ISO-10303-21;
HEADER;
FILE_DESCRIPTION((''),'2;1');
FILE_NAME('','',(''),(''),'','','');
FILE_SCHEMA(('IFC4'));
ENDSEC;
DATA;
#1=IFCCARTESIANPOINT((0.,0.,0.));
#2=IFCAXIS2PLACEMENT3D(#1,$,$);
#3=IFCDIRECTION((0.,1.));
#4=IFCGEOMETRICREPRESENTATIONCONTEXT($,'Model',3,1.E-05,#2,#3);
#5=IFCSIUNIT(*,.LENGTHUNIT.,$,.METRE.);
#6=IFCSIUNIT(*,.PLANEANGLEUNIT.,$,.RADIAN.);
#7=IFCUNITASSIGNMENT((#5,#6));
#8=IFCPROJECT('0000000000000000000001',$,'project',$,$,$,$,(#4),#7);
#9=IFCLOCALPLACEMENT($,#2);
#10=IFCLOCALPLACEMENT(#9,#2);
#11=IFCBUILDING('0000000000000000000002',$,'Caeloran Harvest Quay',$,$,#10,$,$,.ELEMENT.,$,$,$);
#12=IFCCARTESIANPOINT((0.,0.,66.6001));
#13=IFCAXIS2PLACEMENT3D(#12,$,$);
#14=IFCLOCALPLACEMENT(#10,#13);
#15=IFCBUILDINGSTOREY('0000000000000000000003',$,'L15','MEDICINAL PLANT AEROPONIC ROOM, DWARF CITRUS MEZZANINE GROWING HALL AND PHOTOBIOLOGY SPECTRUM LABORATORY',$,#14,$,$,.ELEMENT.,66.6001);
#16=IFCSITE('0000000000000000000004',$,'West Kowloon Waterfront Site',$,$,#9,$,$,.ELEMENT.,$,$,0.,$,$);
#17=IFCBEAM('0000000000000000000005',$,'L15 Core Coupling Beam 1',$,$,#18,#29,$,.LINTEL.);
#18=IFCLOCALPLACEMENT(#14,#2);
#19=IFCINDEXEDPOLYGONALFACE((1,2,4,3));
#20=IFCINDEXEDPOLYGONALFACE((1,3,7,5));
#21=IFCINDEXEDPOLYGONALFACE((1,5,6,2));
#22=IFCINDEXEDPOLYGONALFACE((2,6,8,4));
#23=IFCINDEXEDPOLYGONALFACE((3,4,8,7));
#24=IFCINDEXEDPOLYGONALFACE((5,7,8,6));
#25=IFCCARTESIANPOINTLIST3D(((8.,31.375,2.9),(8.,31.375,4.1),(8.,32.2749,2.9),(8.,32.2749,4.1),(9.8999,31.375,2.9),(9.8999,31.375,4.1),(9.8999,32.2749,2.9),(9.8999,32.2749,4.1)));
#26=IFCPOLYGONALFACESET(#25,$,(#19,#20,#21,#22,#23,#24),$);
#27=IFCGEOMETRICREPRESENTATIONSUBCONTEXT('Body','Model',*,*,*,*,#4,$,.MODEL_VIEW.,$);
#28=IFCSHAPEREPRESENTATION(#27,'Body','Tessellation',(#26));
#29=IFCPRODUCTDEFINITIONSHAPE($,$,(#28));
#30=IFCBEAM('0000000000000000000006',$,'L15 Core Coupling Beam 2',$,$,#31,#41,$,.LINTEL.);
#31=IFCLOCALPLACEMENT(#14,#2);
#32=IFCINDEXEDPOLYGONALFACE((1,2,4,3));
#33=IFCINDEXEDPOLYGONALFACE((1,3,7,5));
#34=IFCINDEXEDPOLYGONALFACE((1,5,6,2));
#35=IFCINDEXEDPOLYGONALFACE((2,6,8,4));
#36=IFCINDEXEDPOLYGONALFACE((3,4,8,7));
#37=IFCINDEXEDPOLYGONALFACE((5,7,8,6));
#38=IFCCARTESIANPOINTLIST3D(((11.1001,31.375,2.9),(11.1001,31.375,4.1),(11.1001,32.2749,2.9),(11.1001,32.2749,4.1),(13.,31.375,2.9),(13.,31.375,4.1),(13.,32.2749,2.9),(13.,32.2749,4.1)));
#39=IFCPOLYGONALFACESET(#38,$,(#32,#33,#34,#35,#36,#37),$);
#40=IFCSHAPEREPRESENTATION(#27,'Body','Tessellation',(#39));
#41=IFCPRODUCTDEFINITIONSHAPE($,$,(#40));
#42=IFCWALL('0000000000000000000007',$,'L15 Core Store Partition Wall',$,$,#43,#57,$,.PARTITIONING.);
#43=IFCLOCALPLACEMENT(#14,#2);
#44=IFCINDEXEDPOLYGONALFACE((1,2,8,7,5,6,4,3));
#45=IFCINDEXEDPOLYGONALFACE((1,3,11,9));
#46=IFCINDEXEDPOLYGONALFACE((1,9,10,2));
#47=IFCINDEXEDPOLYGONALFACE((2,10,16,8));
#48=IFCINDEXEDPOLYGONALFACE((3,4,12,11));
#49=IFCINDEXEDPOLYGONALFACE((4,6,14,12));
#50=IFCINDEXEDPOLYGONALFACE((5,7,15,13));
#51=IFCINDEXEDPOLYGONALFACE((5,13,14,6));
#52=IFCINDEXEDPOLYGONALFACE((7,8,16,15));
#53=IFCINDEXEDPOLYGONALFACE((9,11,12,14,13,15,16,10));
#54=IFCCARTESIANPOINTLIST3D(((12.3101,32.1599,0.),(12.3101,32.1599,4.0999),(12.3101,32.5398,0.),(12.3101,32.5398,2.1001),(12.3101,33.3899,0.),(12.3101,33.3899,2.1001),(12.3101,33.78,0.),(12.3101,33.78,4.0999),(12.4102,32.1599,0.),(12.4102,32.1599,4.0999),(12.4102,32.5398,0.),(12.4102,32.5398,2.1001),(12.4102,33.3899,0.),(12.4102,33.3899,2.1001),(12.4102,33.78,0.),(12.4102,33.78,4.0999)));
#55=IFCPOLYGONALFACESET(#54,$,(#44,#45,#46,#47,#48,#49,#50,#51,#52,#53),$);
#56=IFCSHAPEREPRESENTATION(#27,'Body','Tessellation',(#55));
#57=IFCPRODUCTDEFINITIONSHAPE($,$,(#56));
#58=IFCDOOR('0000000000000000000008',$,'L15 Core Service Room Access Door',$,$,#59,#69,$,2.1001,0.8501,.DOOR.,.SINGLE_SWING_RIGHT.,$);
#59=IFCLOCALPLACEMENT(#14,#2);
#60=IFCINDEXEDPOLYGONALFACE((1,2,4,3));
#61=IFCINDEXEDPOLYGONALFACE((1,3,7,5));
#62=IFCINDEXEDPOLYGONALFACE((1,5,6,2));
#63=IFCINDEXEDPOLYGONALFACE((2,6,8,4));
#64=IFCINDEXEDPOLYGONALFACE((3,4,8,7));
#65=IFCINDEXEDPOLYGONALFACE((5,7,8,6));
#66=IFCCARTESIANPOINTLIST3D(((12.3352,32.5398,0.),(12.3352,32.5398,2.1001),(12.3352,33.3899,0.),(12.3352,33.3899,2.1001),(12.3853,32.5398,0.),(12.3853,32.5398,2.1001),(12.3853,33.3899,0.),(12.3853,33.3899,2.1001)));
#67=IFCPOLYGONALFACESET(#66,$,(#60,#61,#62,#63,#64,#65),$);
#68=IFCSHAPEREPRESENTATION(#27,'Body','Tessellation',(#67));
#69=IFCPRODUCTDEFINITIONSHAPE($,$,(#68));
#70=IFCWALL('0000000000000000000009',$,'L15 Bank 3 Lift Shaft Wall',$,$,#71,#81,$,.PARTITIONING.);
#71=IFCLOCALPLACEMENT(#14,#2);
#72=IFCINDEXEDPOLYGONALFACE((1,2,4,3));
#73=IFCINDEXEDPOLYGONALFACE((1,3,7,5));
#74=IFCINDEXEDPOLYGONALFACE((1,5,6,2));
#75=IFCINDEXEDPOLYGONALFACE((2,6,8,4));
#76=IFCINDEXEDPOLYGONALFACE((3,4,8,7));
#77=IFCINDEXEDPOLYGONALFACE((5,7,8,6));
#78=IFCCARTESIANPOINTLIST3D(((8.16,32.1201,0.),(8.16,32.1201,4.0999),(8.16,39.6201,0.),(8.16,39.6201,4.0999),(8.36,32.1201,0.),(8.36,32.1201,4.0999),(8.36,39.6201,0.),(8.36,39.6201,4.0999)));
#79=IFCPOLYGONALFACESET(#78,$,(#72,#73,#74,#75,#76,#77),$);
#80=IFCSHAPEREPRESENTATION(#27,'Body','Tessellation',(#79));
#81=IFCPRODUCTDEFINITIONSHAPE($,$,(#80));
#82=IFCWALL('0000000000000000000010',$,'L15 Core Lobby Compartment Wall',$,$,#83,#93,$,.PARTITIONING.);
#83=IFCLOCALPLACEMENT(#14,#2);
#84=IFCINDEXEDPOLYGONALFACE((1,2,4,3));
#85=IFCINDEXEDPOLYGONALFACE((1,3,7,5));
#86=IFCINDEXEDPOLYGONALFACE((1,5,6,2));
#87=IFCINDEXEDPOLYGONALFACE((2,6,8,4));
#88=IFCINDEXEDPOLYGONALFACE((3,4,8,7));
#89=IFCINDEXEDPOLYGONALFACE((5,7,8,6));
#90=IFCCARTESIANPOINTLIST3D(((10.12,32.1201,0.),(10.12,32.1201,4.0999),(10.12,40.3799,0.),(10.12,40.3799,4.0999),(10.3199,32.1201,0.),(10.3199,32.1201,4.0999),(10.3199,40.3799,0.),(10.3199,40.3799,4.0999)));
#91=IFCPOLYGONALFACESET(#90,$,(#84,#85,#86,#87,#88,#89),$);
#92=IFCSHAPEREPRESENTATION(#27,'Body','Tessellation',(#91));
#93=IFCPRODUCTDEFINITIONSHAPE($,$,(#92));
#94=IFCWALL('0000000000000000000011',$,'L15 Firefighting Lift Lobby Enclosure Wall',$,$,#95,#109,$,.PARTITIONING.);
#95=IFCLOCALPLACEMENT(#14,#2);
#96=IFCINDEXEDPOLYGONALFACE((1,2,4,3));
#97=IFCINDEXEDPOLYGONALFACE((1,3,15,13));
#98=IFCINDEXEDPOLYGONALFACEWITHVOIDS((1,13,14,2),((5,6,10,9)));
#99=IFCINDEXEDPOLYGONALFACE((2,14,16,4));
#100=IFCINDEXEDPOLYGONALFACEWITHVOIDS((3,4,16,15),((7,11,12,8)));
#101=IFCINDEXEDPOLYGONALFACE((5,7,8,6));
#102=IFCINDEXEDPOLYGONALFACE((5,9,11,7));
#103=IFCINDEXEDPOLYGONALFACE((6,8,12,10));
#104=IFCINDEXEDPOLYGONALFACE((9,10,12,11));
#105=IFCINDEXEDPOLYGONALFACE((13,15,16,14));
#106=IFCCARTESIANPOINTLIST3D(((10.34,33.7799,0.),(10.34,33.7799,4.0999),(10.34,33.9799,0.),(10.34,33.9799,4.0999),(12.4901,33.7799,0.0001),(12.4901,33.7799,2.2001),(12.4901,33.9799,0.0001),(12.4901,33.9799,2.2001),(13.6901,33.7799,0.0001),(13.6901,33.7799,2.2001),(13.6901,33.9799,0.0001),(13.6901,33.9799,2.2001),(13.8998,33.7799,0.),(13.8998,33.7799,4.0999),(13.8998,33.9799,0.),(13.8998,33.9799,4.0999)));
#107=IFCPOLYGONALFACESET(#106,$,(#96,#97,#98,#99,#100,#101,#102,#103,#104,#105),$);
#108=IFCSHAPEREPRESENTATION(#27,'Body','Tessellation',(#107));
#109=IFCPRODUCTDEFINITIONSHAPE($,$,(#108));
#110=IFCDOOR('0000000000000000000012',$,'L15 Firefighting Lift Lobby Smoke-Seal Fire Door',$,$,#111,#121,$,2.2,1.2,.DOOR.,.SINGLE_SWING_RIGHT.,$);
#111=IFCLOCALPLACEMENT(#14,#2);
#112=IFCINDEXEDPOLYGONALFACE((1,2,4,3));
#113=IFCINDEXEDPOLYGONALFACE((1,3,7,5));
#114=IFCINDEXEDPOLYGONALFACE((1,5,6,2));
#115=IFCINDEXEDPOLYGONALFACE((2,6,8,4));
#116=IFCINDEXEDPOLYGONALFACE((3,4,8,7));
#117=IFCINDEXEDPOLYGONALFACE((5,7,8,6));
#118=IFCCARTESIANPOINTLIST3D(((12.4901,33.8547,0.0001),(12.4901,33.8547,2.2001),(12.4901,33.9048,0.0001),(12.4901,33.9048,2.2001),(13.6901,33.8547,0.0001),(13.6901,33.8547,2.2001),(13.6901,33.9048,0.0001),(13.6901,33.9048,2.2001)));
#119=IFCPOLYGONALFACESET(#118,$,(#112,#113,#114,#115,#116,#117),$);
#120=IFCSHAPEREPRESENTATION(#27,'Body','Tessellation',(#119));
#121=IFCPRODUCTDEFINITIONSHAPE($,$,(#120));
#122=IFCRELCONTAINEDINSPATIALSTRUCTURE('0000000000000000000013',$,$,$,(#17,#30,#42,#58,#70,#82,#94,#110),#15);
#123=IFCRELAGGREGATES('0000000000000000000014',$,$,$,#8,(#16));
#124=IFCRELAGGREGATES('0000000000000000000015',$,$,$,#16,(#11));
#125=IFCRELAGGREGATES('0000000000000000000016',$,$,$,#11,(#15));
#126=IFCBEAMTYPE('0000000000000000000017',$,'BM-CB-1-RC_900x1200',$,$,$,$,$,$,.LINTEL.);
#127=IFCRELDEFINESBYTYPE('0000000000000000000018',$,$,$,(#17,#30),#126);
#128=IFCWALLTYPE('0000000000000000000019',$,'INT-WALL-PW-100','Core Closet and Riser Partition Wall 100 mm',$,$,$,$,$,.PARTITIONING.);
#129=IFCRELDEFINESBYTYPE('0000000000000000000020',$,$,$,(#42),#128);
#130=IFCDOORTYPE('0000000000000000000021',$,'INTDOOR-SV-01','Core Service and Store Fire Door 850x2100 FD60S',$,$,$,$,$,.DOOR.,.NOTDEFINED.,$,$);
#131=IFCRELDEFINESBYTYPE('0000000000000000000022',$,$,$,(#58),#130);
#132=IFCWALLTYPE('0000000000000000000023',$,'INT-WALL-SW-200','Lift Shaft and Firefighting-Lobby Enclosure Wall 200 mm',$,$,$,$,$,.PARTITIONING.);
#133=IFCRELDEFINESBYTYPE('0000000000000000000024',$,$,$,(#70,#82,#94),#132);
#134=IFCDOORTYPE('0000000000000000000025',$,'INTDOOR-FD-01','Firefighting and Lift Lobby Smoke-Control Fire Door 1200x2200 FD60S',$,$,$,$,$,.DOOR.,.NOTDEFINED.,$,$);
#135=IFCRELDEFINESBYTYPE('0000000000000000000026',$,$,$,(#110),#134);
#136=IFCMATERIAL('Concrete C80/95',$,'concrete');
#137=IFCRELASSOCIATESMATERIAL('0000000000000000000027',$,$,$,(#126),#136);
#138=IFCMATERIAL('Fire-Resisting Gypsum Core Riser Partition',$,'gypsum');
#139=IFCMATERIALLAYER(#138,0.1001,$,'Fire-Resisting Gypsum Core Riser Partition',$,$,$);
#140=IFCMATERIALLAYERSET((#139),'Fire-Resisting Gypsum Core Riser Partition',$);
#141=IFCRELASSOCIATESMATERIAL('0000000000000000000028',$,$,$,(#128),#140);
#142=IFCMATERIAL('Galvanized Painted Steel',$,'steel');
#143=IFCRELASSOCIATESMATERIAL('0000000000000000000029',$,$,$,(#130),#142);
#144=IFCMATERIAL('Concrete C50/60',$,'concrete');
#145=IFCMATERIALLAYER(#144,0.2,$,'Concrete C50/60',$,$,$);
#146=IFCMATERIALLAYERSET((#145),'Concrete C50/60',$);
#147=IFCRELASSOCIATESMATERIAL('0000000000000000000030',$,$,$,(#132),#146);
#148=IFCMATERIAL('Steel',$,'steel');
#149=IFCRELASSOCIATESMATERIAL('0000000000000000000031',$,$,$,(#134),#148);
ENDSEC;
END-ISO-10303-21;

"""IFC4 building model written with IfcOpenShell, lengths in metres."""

from ifc_helpers import new_model, si_unit, direction, frame, frame_2d, origin, origin_2d, place, context, subcontext, project, spatial, rectangle, extrude, material, layer, layer_set, material_profile, profile_set, type_object, element, fill, save


model = new_model("IFC4")

# Units and contexts
model_context = context("Model", 3, precision=1e-05, world=origin(), true_north=direction((0.0, 1.0)))
body_context = subcontext(model_context, "Body", "Model", "MODEL_VIEW")
ifc_project = project(units=[si_unit("LENGTHUNIT", "METRE"), si_unit("PLANEANGLEUNIT", "RADIAN")], contexts=[model_context])

# Site, building, storey
site_placement = place(None, origin())
site = spatial("IfcSite", under=ifc_project, at=site_placement, Name="West Kowloon Waterfront Site", CompositionType="ELEMENT", RefElevation=0.0)
building_placement = place(site_placement, origin())
building = spatial("IfcBuilding", under=site, at=building_placement, Name="Caeloran Harvest Quay", CompositionType="ELEMENT")
storey_placement = place(building_placement, frame((0.0, 0.0, 66.6001)))
storey = spatial("IfcBuildingStorey", under=building, at=storey_placement, Name="L15", Description="MEDICINAL PLANT AEROPONIC ROOM, DWARF CITRUS MEZZANINE GROWING HALL AND PHOTOBIOLOGY SPECTRUM LABORATORY", CompositionType="ELEMENT", Elevation=66.6001)

# Beams
ifc_material_1 = material(Name="Concrete C80/95", Category="concrete")
ifc_material_profile = material_profile(ifc_material_1, rectangle(XDim=0.8999, YDim=1.2, at=origin_2d()), Name="RC 900x1200")
ifc_profile_set = profile_set([ifc_material_profile], Name="Concrete C80/95")
beam_type = type_object("IfcBeamType", Name="BM-CB-1-RC_900x1200", PredefinedType="LINTEL", material=ifc_profile_set)
for number, where, z_axis, x_axis, name in (
    (1, (8.0, 31.825, 3.5), (1.0, 0.0, 0.0), (0.0, 1.0, 0.0), "L15 Core Coupling Beam 1"),
    (2, (11.1001, 31.825, 3.5), (1.0, 0.0, 0.0), (0.0, 1.0, 0.0), "L15 Core Coupling Beam 2"),
):
    element("IfcBeam", number, at=place(storey_placement, frame(where, z_axis=z_axis, x_axis=x_axis)), inside=storey, type_object=beam_type, Name=name, PredefinedType="LINTEL", context=body_context, shape_type="SweptSolid", body=[
        extrude(rectangle(XDim=0.8999, YDim=1.2, at=origin_2d()), origin(), (0.0, 0.0, 1.0), 1.8999),
    ])

# Wall, opening, door
ifc_material_2 = material(Name="Fire-Resisting Gypsum Core Riser Partition", Category="gypsum")
ifc_layer_1 = layer(ifc_material_2, 0.1001, Name="Fire-Resisting Gypsum Core Riser Partition")
ifc_layer_set_1 = layer_set([ifc_layer_1], Name="Fire-Resisting Gypsum Core Riser Partition")
wall_type_1 = type_object("IfcWallType", Name="INT-WALL-PW-100", Description="Core Closet and Riser Partition Wall 100 mm", PredefinedType="PARTITIONING", material=ifc_layer_set_1)
wall_1_placement = place(storey_placement, frame((12.3601, 32.1599, 0.0), z_axis=(0.0, 0.0, 1.0), x_axis=(0.0, 1.0, 0.0)))
wall_1 = element("IfcWall", 3, at=wall_1_placement, inside=storey, type_object=wall_type_1, Name="L15 Core Store Partition Wall", PredefinedType="PARTITIONING", context=body_context, shape_type="SweptSolid", body=[
    extrude(rectangle(XDim=1.6201, YDim=0.1001, at=frame_2d((0.8101, 0.0))), origin(), (0.0, 0.0, 1.0), 4.0999),
])
opening_1_placement = place(wall_1_placement, frame((0.3799, 0.0, 0.0)))
opening_1 = element("IfcOpeningElement", 4, at=opening_1_placement, cuts=wall_1, PredefinedType="OPENING", context=body_context, shape_type="SweptSolid", body=[
    extrude(rectangle(XDim=0.8501, YDim=2.1001, at=frame_2d((0.425, 1.05))), frame((0.0, 0.0601, 0.0), z_axis=(0.0, -1.0, 0.0), x_axis=(1.0, 0.0, 0.0)), (0.0, 0.0, 1.0), 0.1201),
])
ifc_material_3 = material(Name="Galvanized Painted Steel", Category="steel")
door_type_1 = type_object("IfcDoorType", Name="INTDOOR-SV-01", Description="Core Service and Store Fire Door 850x2100 FD60S", OperationType="NOTDEFINED", PredefinedType="DOOR", material=ifc_material_3)
door_1_placement = place(opening_1_placement, origin())
door_1 = element("IfcDoor", 5, at=door_1_placement, inside=storey, type_object=door_type_1, Name="L15 Core Service Room Access Door", OperationType="SINGLE_SWING_RIGHT", OverallHeight=2.1001, OverallWidth=0.8501, PredefinedType="DOOR", context=body_context, shape_type="SweptSolid", body=[
    extrude(rectangle(XDim=0.8501, YDim=2.1001, at=frame_2d((0.425, 1.05))), frame((0.0, 0.0249, 0.0), z_axis=(0.0, -1.0, 0.0), x_axis=(1.0, 0.0, 0.0)), (0.0, 0.0, 1.0), 0.05),
])
fill(opening_1, door_1)

# Walls
ifc_material_4 = material(Name="Concrete C50/60", Category="concrete")
ifc_layer_2 = layer(ifc_material_4, 0.2, Name="Concrete C50/60")
ifc_layer_set_2 = layer_set([ifc_layer_2], Name="Concrete C50/60")
wall_type_2 = type_object("IfcWallType", Name="INT-WALL-SW-200", Description="Lift Shaft and Firefighting-Lobby Enclosure Wall 200 mm", PredefinedType="PARTITIONING", material=ifc_layer_set_2)
wall_2_placement = place(storey_placement, frame((8.26, 32.1201, 0.0), z_axis=(0.0, 0.0, 1.0), x_axis=(0.0, 1.0, 0.0)))
element("IfcWall", 6, at=wall_2_placement, inside=storey, type_object=wall_type_2, Name="L15 Bank 3 Lift Shaft Wall", PredefinedType="PARTITIONING", context=body_context, shape_type="SweptSolid", body=[
    extrude(rectangle(XDim=7.5, YDim=0.2, at=frame_2d((3.75, 0.0))), origin(), (0.0, 0.0, 1.0), 4.0999),
])
wall_3_placement = place(storey_placement, frame((10.22, 32.1201, 0.0), z_axis=(0.0, 0.0, 1.0), x_axis=(0.0, 1.0, 0.0)))
element("IfcWall", 7, at=wall_3_placement, inside=storey, type_object=wall_type_2, Name="L15 Core Lobby Compartment Wall", PredefinedType="PARTITIONING", context=body_context, shape_type="SweptSolid", body=[
    extrude(rectangle(XDim=8.2598, YDim=0.2, at=frame_2d((4.1299, 0.0))), origin(), (0.0, 0.0, 1.0), 4.0999),
])

# Wall, opening, door
wall_4_placement = place(storey_placement, frame((10.3401, 33.8799, 0.0), z_axis=(0.0, 0.0, 1.0), x_axis=(1.0, 0.0, 0.0)))
wall_4 = element("IfcWall", 8, at=wall_4_placement, inside=storey, type_object=wall_type_2, Name="L15 Firefighting Lift Lobby Enclosure Wall", PredefinedType="PARTITIONING", context=body_context, shape_type="SweptSolid", body=[
    extrude(rectangle(XDim=3.5598, YDim=0.2, at=frame_2d((1.7798, 0.0))), origin(), (0.0, 0.0, 1.0), 4.0999),
])
opening_2_placement = place(wall_4_placement, frame((2.1499, 0.0, 0.0)))
opening_2 = element("IfcOpeningElement", 9, at=opening_2_placement, cuts=wall_4, PredefinedType="OPENING", context=body_context, shape_type="SweptSolid", body=[
    extrude(rectangle(XDim=1.2, YDim=2.2, at=frame_2d((0.6001, 1.1001))), frame((0.0, 0.1099, 0.0), z_axis=(0.0, -1.0, 0.0), x_axis=(1.0, 0.0, 0.0)), (0.0, 0.0, 1.0), 0.22),
])
ifc_material_5 = material(Name="Steel", Category="steel")
door_type_2 = type_object("IfcDoorType", Name="INTDOOR-FD-01", Description="Firefighting and Lift Lobby Smoke-Control Fire Door 1200x2200 FD60S", OperationType="NOTDEFINED", PredefinedType="DOOR", material=ifc_material_5)
door_2_placement = place(opening_2_placement, origin())
door_2 = element("IfcDoor", 10, at=door_2_placement, inside=storey, type_object=door_type_2, Name="L15 Firefighting Lift Lobby Smoke-Seal Fire Door", OperationType="SINGLE_SWING_RIGHT", OverallHeight=2.2, OverallWidth=1.2, PredefinedType="DOOR", context=body_context, shape_type="SweptSolid", body=[
    extrude(rectangle(XDim=1.2, YDim=2.2, at=frame_2d((0.6001, 1.1001))), frame((0.0, 0.0249, 0.0), z_axis=(0.0, -1.0, 0.0), x_axis=(1.0, 0.0, 0.0)), (0.0, 0.0, 1.0), 0.05),
])
fill(opening_2, door_2)

save(model, "model.ifc")
